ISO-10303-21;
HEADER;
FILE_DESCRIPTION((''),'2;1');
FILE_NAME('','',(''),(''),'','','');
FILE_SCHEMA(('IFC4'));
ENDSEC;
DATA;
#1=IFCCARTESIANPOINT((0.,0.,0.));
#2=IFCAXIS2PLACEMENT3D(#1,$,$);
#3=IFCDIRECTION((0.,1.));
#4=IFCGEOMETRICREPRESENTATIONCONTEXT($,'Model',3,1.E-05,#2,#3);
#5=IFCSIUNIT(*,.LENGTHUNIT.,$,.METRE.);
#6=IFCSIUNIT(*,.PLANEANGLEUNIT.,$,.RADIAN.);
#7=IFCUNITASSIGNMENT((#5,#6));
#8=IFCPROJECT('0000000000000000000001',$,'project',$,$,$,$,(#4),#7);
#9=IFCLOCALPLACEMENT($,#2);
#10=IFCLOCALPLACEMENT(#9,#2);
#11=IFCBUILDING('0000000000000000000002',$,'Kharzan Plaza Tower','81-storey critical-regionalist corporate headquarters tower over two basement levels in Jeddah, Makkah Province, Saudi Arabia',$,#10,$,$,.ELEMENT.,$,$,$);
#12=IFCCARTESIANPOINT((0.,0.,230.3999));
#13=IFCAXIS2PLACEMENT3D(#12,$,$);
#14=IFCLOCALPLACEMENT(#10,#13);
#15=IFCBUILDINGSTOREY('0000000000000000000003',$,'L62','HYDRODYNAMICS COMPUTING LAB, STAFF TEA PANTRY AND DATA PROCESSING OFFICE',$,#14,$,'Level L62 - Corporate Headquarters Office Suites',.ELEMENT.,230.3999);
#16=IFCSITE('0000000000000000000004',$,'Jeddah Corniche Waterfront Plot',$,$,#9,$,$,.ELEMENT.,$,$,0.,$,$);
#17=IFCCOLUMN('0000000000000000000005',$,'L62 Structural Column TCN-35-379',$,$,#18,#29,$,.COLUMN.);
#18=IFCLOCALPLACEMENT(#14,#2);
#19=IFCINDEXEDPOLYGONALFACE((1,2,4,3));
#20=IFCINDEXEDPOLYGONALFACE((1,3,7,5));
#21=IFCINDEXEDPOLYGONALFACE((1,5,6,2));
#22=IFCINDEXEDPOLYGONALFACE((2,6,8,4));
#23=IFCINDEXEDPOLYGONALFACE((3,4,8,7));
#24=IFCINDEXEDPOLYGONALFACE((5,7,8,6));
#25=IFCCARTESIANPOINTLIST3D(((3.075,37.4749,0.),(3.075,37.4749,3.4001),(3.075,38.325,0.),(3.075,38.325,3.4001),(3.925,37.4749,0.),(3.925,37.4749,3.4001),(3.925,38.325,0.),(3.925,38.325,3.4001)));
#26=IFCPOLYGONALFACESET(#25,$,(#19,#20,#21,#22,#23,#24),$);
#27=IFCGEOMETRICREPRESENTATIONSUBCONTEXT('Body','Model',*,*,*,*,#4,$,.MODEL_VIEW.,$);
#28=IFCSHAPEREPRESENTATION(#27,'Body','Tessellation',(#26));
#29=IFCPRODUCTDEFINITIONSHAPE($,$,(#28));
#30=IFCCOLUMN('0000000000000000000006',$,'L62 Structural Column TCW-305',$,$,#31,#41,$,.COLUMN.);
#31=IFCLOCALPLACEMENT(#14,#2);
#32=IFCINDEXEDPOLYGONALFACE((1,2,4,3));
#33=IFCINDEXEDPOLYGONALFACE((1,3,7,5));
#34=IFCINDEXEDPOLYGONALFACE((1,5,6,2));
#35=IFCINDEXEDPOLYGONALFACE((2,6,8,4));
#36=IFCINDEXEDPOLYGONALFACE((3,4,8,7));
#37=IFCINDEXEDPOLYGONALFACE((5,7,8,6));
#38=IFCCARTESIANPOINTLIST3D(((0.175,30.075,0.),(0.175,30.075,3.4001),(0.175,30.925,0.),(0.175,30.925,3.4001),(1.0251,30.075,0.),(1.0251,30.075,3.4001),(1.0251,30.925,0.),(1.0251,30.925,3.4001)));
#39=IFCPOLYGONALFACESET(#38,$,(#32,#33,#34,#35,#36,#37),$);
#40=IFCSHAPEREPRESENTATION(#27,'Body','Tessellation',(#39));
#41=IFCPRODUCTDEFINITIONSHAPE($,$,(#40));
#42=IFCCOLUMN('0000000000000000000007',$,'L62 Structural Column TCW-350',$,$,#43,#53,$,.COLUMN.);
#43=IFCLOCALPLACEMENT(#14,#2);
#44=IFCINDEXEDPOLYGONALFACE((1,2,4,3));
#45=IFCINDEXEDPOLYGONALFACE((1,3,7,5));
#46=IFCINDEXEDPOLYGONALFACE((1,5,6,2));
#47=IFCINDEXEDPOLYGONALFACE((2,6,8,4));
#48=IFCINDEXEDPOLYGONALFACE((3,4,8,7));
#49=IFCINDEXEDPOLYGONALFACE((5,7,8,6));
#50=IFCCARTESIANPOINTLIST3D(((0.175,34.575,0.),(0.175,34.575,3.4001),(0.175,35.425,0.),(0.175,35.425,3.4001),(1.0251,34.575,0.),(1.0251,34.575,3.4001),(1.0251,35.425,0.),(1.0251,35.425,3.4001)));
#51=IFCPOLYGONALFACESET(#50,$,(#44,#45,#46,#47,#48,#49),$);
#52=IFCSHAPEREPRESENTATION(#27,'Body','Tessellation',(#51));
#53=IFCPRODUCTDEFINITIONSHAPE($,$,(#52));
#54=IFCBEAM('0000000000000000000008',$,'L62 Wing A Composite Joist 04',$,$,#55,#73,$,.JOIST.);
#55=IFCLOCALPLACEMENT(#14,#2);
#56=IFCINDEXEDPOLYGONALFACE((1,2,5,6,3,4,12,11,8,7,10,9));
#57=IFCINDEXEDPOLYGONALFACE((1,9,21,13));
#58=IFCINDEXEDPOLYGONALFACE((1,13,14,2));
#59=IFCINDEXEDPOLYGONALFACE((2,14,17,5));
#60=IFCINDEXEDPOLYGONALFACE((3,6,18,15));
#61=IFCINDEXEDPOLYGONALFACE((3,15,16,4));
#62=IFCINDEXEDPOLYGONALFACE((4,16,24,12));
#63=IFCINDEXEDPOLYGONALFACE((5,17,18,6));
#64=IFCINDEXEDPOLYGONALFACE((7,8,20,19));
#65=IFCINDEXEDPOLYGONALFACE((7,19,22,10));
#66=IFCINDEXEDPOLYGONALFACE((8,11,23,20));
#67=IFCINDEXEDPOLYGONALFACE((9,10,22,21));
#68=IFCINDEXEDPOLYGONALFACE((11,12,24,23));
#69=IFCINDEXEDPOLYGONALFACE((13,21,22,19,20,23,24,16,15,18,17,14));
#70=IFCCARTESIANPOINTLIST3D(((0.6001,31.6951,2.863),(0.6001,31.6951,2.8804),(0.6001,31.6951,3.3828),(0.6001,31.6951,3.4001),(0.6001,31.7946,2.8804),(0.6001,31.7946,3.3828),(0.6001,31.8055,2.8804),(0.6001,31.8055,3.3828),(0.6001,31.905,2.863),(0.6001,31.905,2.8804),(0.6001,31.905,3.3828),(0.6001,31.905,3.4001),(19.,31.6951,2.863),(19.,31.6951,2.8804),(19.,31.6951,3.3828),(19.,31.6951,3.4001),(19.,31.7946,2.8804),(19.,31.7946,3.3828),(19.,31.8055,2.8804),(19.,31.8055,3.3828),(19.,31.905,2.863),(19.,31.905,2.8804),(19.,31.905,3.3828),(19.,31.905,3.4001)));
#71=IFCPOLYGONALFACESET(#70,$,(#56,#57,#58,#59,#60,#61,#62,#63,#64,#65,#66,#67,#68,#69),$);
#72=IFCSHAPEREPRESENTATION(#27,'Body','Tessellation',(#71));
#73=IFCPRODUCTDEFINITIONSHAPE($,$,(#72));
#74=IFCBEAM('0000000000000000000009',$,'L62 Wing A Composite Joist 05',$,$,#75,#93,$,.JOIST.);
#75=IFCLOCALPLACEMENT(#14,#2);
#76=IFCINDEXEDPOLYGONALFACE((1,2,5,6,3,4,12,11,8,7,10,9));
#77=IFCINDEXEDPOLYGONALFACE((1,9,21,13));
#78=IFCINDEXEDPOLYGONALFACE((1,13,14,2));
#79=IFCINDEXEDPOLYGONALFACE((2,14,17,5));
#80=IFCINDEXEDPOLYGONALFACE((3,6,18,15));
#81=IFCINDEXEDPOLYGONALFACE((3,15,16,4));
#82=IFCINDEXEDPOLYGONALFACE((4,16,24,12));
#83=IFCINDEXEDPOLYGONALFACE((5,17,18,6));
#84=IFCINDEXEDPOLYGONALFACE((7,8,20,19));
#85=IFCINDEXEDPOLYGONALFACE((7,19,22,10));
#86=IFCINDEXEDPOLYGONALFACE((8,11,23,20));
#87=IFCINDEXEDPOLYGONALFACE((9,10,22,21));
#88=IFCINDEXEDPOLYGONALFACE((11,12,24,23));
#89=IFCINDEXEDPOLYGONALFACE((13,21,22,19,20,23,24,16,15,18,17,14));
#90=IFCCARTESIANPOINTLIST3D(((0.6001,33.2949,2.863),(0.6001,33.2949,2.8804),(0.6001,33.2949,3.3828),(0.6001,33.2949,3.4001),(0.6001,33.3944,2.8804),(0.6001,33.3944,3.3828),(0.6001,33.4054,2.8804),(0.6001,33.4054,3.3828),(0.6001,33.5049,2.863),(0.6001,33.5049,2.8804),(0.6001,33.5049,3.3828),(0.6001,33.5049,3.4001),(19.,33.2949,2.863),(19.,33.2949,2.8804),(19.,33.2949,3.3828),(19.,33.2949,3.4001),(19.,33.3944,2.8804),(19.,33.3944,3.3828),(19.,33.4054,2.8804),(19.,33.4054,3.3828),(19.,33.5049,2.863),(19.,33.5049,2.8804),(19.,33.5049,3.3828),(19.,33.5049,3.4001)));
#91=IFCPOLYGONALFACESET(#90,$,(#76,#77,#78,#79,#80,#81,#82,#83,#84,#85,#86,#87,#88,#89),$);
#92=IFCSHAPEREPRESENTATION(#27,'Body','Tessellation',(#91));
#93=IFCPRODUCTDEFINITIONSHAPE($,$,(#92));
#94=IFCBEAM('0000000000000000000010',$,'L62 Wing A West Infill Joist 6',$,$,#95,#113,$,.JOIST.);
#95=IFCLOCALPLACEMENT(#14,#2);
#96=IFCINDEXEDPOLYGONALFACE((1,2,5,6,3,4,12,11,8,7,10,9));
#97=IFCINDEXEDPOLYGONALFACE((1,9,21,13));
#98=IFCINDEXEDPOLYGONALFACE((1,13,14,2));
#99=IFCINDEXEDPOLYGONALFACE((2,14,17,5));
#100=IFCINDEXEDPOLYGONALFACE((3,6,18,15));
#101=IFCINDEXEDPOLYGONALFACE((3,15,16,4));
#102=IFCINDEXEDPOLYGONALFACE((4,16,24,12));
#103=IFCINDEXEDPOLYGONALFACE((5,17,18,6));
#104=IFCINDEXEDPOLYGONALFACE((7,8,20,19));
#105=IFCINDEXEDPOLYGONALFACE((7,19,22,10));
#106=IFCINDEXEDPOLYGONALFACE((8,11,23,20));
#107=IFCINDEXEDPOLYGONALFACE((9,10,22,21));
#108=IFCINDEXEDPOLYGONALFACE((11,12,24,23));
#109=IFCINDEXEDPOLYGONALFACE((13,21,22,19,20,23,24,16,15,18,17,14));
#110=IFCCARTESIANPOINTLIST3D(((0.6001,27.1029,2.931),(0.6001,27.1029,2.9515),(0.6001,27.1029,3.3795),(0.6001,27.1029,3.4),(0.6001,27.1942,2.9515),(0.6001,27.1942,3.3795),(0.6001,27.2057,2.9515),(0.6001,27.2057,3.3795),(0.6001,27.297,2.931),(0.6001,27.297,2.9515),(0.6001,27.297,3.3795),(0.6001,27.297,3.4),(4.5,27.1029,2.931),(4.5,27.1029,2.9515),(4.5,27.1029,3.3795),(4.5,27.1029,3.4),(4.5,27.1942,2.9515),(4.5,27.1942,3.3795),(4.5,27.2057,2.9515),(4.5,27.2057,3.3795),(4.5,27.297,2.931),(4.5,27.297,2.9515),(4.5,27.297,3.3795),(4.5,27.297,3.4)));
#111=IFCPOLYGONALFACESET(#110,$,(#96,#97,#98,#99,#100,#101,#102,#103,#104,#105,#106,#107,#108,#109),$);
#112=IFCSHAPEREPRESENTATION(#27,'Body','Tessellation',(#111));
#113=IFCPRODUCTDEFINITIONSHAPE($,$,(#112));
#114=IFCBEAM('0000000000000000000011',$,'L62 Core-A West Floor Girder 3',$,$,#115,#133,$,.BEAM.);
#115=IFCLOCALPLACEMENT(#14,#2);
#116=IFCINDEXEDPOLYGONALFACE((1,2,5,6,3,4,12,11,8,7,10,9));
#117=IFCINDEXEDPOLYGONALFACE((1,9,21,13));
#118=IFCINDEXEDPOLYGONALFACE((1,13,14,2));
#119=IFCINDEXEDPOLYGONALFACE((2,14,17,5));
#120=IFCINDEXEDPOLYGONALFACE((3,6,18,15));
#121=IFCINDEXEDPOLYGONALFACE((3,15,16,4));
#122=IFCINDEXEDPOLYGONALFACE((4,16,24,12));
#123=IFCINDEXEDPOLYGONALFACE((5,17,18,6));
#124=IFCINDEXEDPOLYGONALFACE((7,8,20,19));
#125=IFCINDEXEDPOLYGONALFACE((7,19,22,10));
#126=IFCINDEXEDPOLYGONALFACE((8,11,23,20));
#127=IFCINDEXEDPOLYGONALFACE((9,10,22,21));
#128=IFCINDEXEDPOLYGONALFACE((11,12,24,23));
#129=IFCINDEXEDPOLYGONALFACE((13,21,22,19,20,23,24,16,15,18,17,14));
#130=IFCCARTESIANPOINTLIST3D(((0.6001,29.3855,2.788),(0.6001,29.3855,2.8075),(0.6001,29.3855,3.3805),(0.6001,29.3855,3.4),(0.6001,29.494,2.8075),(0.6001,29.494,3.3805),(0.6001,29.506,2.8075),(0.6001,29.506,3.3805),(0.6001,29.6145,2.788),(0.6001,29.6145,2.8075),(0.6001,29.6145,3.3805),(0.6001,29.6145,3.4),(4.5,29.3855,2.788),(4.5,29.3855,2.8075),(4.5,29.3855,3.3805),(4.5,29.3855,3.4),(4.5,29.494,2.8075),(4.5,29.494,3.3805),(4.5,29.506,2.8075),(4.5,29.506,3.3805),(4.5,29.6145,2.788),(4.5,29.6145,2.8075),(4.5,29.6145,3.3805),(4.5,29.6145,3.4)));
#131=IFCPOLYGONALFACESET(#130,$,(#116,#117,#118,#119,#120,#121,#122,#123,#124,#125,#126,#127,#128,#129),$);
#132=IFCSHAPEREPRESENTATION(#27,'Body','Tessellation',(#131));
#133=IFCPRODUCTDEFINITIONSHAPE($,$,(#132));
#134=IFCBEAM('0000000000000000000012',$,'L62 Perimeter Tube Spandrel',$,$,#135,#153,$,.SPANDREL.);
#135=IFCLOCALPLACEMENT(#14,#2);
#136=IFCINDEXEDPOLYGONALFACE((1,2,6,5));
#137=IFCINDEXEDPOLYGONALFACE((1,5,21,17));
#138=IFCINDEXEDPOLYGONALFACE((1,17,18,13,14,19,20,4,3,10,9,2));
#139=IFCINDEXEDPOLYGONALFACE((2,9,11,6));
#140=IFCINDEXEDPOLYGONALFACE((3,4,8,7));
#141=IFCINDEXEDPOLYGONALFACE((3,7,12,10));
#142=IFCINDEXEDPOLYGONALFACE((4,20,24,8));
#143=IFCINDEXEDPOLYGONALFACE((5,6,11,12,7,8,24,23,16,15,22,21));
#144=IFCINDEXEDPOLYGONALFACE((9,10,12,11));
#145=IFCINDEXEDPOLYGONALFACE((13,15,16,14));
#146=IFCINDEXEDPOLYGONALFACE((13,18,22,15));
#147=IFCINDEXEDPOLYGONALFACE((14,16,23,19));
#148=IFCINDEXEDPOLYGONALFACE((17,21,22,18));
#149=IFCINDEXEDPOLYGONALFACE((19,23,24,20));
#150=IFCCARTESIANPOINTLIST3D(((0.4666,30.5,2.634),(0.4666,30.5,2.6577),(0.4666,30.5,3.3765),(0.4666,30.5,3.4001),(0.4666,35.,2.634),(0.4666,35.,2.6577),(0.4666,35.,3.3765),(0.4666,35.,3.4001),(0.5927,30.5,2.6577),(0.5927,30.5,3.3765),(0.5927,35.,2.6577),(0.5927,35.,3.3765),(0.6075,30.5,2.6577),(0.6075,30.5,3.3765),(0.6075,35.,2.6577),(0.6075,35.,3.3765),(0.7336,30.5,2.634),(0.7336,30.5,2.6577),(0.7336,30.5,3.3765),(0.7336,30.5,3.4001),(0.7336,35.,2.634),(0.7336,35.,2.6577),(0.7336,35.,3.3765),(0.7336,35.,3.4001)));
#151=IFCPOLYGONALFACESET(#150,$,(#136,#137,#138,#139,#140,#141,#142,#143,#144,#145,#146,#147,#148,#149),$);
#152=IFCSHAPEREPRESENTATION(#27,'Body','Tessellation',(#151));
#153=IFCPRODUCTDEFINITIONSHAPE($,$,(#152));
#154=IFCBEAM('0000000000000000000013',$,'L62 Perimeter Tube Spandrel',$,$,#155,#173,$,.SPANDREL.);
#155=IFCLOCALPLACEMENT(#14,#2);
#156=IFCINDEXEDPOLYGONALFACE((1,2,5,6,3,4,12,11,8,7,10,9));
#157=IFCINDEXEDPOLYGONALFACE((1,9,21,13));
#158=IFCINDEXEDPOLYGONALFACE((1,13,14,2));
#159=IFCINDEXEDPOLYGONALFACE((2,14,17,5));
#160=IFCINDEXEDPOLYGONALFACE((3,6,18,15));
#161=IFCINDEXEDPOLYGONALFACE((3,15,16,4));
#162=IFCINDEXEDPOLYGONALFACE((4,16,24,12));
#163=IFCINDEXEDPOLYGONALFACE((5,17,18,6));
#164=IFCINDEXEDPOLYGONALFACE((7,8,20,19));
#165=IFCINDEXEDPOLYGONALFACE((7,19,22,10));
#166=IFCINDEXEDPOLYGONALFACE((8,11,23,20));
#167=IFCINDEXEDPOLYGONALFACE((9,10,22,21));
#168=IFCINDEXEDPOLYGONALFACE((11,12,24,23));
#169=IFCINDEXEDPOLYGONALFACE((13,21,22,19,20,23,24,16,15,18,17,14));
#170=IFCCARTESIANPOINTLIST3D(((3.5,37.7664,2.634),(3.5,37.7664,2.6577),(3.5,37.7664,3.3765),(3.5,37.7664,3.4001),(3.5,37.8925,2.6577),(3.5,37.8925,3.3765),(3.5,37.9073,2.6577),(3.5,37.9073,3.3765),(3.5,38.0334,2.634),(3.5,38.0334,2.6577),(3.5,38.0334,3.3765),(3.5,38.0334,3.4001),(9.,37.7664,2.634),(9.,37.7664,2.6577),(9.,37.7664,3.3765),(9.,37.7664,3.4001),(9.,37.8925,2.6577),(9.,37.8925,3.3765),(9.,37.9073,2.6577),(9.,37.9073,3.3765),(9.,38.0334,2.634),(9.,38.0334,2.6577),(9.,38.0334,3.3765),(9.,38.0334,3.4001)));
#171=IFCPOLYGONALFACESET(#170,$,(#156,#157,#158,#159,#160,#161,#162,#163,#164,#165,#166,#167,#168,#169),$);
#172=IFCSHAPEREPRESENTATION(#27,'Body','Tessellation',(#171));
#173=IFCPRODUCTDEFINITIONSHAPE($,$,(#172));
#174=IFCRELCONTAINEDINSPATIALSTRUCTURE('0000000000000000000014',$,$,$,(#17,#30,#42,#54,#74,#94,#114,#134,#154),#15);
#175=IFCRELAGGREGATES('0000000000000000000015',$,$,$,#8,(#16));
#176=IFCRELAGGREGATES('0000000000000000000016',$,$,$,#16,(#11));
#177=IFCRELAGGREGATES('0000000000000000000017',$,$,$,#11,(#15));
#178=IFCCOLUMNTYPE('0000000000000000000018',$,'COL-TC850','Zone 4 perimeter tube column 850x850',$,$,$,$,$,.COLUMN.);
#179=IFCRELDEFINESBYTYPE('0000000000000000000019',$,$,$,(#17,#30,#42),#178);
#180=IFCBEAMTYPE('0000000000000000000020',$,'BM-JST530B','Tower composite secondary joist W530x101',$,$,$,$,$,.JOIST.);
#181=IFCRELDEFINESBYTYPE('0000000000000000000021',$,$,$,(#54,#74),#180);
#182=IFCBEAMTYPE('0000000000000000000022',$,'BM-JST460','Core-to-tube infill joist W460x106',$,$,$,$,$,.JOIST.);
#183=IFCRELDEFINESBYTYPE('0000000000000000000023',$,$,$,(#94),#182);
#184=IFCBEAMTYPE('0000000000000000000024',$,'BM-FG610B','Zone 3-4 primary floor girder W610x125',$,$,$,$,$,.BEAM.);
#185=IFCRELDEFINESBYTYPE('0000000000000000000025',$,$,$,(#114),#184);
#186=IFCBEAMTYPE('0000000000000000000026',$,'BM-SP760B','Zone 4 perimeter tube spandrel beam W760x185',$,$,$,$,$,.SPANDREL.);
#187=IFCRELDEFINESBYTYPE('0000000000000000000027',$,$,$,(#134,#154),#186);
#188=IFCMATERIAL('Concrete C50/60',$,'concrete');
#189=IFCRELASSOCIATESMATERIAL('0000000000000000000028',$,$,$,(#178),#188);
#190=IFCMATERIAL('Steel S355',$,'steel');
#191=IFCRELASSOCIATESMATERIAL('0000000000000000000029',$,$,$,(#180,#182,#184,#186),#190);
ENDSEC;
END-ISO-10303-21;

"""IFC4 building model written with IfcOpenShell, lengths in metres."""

from ifc_helpers import new_model, si_unit, direction, frame, origin, origin_2d, place, context, subcontext, project, spatial, rectangle, i_section, extrude, source, transform, mapped, material, material_profile, profile_set, type_object, element, save


model = new_model("IFC4")

# Units and contexts
model_context = context("Model", 3, precision=1e-05, world=origin(), true_north=direction((0.0, 1.0)))
body_context = subcontext(model_context, "Body", "Model", "MODEL_VIEW")
ifc_project = project(units=[si_unit("LENGTHUNIT", "METRE"), si_unit("PLANEANGLEUNIT", "RADIAN")], contexts=[model_context])

# Site, building, storey
site_placement = place(None, origin())
site = spatial("IfcSite", under=ifc_project, at=site_placement, Name="Jeddah Corniche Waterfront Plot", CompositionType="ELEMENT", RefElevation=0.0)
building_placement = place(site_placement, origin())
building = spatial("IfcBuilding", under=site, at=building_placement, Name="Kharzan Plaza Tower", Description="81-storey critical-regionalist corporate headquarters tower over two basement levels in Jeddah, Makkah Province, Saudi Arabia", CompositionType="ELEMENT")
storey_placement = place(building_placement, frame((0.0, 0.0, 230.3999)))
storey = spatial("IfcBuildingStorey", under=building, at=storey_placement, Name="L62", Description="HYDRODYNAMICS COMPUTING LAB, STAFF TEA PANTRY AND DATA PROCESSING OFFICE", LongName="Level L62 - Corporate Headquarters Office Suites", CompositionType="ELEMENT", Elevation=230.3999)

# Columns
ifc_material_1 = material(Name="Concrete C50/60", Category="concrete")
ifc_material_profile_1 = material_profile(ifc_material_1, rectangle(XDim=0.8501, YDim=0.8501, at=origin_2d()), Name="RC-TC850x850")
ifc_profile_set_1 = profile_set([ifc_material_profile_1], Name="Concrete C50/60")
column_type = type_object("IfcColumnType", Name="COL-TC850", Description="Zone 4 perimeter tube column 850x850", PredefinedType="COLUMN", material=ifc_profile_set_1)
shared_shape_1 = source(origin(), body_context, "Body", "SweptSolid", [
    extrude(rectangle(XDim=0.8501, YDim=0.8501, at=origin_2d()), origin(), (0.0, 0.0, 1.0), 3.4001),
])
for number, where, z_axis, x_axis, name in (
    (1, (3.5, 37.8999, 0.0), (0.0, 0.0, 1.0), (1.0, 0.0, 0.0), "L62 Structural Column TCN-35-379"),
    (2, (0.6001, 30.5, 0.0), (0.0, 0.0, 1.0), (1.0, 0.0, 0.0), "L62 Structural Column TCW-305"),
    (3, (0.6001, 35.0, 0.0), (0.0, 0.0, 1.0), (1.0, 0.0, 0.0), "L62 Structural Column TCW-350"),
):
    element("IfcColumn", number, at=place(storey_placement, frame(where, z_axis=z_axis, x_axis=x_axis)), inside=storey, type_object=column_type, Name=name, PredefinedType="COLUMN", context=body_context, shape_type="MappedRepresentation", body=[
        mapped(shared_shape_1, transform((0.0, 0.0, 0.0), x_axis=(1.0, 0.0, 0.0), y_axis=(0.0, 1.0, 0.0), z_axis=(0.0, 0.0, 1.0))),
    ])

# Beams
ifc_material_2 = material(Name="Steel S355", Category="steel")
ifc_material_profile_2 = material_profile(ifc_material_2, i_section(OverallWidth=0.21, OverallDepth=0.5371, WebThickness=0.011, FlangeThickness=0.0173, at=origin_2d()), Name="W530x101")
ifc_profile_set_2 = profile_set([ifc_material_profile_2], Name="Steel S355")
beam_type_1 = type_object("IfcBeamType", Name="BM-JST530B", Description="Tower composite secondary joist W530x101", PredefinedType="JOIST", material=ifc_profile_set_2)
shared_shape_2 = source(origin(), body_context, "Body", "SweptSolid", [
    extrude(i_section(OverallWidth=0.21, OverallDepth=0.5371, WebThickness=0.011, FlangeThickness=0.0173, at=origin_2d()), origin(), (0.0, 0.0, 1.0), 18.3999),
])
for number, where, z_axis, x_axis, name in (
    (4, (0.6001, 31.8, 3.1316), (1.0, 0.0, 0.0), (0.0, 1.0, 0.0), "L62 Wing A Composite Joist 04"),
    (5, (0.6001, 33.3999, 3.1316), (1.0, 0.0, 0.0), (0.0, 1.0, 0.0), "L62 Wing A Composite Joist 05"),
):
    element("IfcBeam", number, at=place(storey_placement, frame(where, z_axis=z_axis, x_axis=x_axis)), inside=storey, type_object=beam_type_1, Name=name, PredefinedType="JOIST", context=body_context, shape_type="MappedRepresentation", body=[
        mapped(shared_shape_2, transform((0.0, 0.0, 0.0), x_axis=(1.0, 0.0, 0.0), y_axis=(0.0, 1.0, 0.0), z_axis=(0.0, 0.0, 1.0))),
    ])
ifc_material_profile_3 = material_profile(ifc_material_2, i_section(OverallWidth=0.1941, OverallDepth=0.469, WebThickness=0.0115, FlangeThickness=0.0205, at=origin_2d()), Name="W460x106")
ifc_profile_set_3 = profile_set([ifc_material_profile_3], Name="Steel S355")
beam_type_2 = type_object("IfcBeamType", Name="BM-JST460", Description="Core-to-tube infill joist W460x106", PredefinedType="JOIST", material=ifc_profile_set_3)
shared_shape_3 = source(origin(), body_context, "Body", "SweptSolid", [
    extrude(i_section(OverallWidth=0.1941, OverallDepth=0.469, WebThickness=0.0115, FlangeThickness=0.0205, at=origin_2d()), origin(), (0.0, 0.0, 1.0), 3.8999),
])
beam_1_placement = place(storey_placement, frame((0.6001, 27.2, 3.1655), z_axis=(1.0, 0.0, 0.0), x_axis=(0.0, 1.0, 0.0)))
element("IfcBeam", 6, at=beam_1_placement, inside=storey, type_object=beam_type_2, Name="L62 Wing A West Infill Joist 6", PredefinedType="JOIST", context=body_context, shape_type="MappedRepresentation", body=[
    mapped(shared_shape_3, transform((0.0, 0.0, 0.0), x_axis=(1.0, 0.0, 0.0), y_axis=(0.0, 1.0, 0.0), z_axis=(0.0, 0.0, 1.0))),
])
ifc_material_profile_4 = material_profile(ifc_material_2, i_section(OverallWidth=0.229, OverallDepth=0.6121, WebThickness=0.012, FlangeThickness=0.0195, at=origin_2d()), Name="W610x125")
ifc_profile_set_4 = profile_set([ifc_material_profile_4], Name="Steel S355")
beam_type_3 = type_object("IfcBeamType", Name="BM-FG610B", Description="Zone 3-4 primary floor girder W610x125", PredefinedType="BEAM", material=ifc_profile_set_4)
shared_shape_4 = source(origin(), body_context, "Body", "SweptSolid", [
    extrude(i_section(OverallWidth=0.229, OverallDepth=0.6121, WebThickness=0.012, FlangeThickness=0.0195, at=origin_2d()), origin(), (0.0, 0.0, 1.0), 3.8999),
])
beam_2_placement = place(storey_placement, frame((0.6001, 29.5, 3.094), z_axis=(1.0, 0.0, 0.0), x_axis=(0.0, 1.0, 0.0)))
element("IfcBeam", 7, at=beam_2_placement, inside=storey, type_object=beam_type_3, Name="L62 Core-A West Floor Girder 3", PredefinedType="BEAM", context=body_context, shape_type="MappedRepresentation", body=[
    mapped(shared_shape_4, transform((0.0, 0.0, 0.0), x_axis=(1.0, 0.0, 0.0), y_axis=(0.0, 1.0, 0.0), z_axis=(0.0, 0.0, 1.0))),
])
ifc_material_profile_5 = material_profile(ifc_material_2, i_section(OverallWidth=0.2671, OverallDepth=0.7661, WebThickness=0.0149, FlangeThickness=0.0237, at=origin_2d()), Name="W760x185")
ifc_profile_set_5 = profile_set([ifc_material_profile_5], Name="Steel S355")
beam_type_4 = type_object("IfcBeamType", Name="BM-SP760B", Description="Zone 4 perimeter tube spandrel beam W760x185", PredefinedType="SPANDREL", material=ifc_profile_set_5)
shared_shape_5 = source(origin(), body_context, "Body", "SweptSolid", [
    extrude(i_section(OverallWidth=0.2671, OverallDepth=0.7661, WebThickness=0.0149, FlangeThickness=0.0237, at=origin_2d()), origin(), (0.0, 0.0, 1.0), 4.5),
])
beam_3_placement = place(storey_placement, frame((0.6001, 30.5, 3.0171), z_axis=(0.0, 1.0, 0.0), x_axis=(-1.0, 0.0, 0.0)))
element("IfcBeam", 8, at=beam_3_placement, inside=storey, type_object=beam_type_4, Name="L62 Perimeter Tube Spandrel", PredefinedType="SPANDREL", context=body_context, shape_type="MappedRepresentation", body=[
    mapped(shared_shape_5, transform((0.0, 0.0, 0.0), x_axis=(1.0, 0.0, 0.0), y_axis=(0.0, 1.0, 0.0), z_axis=(0.0, 0.0, 1.0))),
])
shared_shape_6 = source(origin(), body_context, "Body", "SweptSolid", [
    extrude(i_section(OverallWidth=0.2671, OverallDepth=0.7661, WebThickness=0.0149, FlangeThickness=0.0237, at=origin_2d()), origin(), (0.0, 0.0, 1.0), 5.5),
])
beam_4_placement = place(storey_placement, frame((3.5, 37.8999, 3.0171), z_axis=(1.0, 0.0, 0.0), x_axis=(0.0, 1.0, 0.0)))
element("IfcBeam", 9, at=beam_4_placement, inside=storey, type_object=beam_type_4, Name="L62 Perimeter Tube Spandrel", PredefinedType="SPANDREL", context=body_context, shape_type="MappedRepresentation", body=[
    mapped(shared_shape_6, transform((0.0, 0.0, 0.0), x_axis=(1.0, 0.0, 0.0), y_axis=(0.0, 1.0, 0.0), z_axis=(0.0, 0.0, 1.0))),
])

save(model, "model.ifc")
